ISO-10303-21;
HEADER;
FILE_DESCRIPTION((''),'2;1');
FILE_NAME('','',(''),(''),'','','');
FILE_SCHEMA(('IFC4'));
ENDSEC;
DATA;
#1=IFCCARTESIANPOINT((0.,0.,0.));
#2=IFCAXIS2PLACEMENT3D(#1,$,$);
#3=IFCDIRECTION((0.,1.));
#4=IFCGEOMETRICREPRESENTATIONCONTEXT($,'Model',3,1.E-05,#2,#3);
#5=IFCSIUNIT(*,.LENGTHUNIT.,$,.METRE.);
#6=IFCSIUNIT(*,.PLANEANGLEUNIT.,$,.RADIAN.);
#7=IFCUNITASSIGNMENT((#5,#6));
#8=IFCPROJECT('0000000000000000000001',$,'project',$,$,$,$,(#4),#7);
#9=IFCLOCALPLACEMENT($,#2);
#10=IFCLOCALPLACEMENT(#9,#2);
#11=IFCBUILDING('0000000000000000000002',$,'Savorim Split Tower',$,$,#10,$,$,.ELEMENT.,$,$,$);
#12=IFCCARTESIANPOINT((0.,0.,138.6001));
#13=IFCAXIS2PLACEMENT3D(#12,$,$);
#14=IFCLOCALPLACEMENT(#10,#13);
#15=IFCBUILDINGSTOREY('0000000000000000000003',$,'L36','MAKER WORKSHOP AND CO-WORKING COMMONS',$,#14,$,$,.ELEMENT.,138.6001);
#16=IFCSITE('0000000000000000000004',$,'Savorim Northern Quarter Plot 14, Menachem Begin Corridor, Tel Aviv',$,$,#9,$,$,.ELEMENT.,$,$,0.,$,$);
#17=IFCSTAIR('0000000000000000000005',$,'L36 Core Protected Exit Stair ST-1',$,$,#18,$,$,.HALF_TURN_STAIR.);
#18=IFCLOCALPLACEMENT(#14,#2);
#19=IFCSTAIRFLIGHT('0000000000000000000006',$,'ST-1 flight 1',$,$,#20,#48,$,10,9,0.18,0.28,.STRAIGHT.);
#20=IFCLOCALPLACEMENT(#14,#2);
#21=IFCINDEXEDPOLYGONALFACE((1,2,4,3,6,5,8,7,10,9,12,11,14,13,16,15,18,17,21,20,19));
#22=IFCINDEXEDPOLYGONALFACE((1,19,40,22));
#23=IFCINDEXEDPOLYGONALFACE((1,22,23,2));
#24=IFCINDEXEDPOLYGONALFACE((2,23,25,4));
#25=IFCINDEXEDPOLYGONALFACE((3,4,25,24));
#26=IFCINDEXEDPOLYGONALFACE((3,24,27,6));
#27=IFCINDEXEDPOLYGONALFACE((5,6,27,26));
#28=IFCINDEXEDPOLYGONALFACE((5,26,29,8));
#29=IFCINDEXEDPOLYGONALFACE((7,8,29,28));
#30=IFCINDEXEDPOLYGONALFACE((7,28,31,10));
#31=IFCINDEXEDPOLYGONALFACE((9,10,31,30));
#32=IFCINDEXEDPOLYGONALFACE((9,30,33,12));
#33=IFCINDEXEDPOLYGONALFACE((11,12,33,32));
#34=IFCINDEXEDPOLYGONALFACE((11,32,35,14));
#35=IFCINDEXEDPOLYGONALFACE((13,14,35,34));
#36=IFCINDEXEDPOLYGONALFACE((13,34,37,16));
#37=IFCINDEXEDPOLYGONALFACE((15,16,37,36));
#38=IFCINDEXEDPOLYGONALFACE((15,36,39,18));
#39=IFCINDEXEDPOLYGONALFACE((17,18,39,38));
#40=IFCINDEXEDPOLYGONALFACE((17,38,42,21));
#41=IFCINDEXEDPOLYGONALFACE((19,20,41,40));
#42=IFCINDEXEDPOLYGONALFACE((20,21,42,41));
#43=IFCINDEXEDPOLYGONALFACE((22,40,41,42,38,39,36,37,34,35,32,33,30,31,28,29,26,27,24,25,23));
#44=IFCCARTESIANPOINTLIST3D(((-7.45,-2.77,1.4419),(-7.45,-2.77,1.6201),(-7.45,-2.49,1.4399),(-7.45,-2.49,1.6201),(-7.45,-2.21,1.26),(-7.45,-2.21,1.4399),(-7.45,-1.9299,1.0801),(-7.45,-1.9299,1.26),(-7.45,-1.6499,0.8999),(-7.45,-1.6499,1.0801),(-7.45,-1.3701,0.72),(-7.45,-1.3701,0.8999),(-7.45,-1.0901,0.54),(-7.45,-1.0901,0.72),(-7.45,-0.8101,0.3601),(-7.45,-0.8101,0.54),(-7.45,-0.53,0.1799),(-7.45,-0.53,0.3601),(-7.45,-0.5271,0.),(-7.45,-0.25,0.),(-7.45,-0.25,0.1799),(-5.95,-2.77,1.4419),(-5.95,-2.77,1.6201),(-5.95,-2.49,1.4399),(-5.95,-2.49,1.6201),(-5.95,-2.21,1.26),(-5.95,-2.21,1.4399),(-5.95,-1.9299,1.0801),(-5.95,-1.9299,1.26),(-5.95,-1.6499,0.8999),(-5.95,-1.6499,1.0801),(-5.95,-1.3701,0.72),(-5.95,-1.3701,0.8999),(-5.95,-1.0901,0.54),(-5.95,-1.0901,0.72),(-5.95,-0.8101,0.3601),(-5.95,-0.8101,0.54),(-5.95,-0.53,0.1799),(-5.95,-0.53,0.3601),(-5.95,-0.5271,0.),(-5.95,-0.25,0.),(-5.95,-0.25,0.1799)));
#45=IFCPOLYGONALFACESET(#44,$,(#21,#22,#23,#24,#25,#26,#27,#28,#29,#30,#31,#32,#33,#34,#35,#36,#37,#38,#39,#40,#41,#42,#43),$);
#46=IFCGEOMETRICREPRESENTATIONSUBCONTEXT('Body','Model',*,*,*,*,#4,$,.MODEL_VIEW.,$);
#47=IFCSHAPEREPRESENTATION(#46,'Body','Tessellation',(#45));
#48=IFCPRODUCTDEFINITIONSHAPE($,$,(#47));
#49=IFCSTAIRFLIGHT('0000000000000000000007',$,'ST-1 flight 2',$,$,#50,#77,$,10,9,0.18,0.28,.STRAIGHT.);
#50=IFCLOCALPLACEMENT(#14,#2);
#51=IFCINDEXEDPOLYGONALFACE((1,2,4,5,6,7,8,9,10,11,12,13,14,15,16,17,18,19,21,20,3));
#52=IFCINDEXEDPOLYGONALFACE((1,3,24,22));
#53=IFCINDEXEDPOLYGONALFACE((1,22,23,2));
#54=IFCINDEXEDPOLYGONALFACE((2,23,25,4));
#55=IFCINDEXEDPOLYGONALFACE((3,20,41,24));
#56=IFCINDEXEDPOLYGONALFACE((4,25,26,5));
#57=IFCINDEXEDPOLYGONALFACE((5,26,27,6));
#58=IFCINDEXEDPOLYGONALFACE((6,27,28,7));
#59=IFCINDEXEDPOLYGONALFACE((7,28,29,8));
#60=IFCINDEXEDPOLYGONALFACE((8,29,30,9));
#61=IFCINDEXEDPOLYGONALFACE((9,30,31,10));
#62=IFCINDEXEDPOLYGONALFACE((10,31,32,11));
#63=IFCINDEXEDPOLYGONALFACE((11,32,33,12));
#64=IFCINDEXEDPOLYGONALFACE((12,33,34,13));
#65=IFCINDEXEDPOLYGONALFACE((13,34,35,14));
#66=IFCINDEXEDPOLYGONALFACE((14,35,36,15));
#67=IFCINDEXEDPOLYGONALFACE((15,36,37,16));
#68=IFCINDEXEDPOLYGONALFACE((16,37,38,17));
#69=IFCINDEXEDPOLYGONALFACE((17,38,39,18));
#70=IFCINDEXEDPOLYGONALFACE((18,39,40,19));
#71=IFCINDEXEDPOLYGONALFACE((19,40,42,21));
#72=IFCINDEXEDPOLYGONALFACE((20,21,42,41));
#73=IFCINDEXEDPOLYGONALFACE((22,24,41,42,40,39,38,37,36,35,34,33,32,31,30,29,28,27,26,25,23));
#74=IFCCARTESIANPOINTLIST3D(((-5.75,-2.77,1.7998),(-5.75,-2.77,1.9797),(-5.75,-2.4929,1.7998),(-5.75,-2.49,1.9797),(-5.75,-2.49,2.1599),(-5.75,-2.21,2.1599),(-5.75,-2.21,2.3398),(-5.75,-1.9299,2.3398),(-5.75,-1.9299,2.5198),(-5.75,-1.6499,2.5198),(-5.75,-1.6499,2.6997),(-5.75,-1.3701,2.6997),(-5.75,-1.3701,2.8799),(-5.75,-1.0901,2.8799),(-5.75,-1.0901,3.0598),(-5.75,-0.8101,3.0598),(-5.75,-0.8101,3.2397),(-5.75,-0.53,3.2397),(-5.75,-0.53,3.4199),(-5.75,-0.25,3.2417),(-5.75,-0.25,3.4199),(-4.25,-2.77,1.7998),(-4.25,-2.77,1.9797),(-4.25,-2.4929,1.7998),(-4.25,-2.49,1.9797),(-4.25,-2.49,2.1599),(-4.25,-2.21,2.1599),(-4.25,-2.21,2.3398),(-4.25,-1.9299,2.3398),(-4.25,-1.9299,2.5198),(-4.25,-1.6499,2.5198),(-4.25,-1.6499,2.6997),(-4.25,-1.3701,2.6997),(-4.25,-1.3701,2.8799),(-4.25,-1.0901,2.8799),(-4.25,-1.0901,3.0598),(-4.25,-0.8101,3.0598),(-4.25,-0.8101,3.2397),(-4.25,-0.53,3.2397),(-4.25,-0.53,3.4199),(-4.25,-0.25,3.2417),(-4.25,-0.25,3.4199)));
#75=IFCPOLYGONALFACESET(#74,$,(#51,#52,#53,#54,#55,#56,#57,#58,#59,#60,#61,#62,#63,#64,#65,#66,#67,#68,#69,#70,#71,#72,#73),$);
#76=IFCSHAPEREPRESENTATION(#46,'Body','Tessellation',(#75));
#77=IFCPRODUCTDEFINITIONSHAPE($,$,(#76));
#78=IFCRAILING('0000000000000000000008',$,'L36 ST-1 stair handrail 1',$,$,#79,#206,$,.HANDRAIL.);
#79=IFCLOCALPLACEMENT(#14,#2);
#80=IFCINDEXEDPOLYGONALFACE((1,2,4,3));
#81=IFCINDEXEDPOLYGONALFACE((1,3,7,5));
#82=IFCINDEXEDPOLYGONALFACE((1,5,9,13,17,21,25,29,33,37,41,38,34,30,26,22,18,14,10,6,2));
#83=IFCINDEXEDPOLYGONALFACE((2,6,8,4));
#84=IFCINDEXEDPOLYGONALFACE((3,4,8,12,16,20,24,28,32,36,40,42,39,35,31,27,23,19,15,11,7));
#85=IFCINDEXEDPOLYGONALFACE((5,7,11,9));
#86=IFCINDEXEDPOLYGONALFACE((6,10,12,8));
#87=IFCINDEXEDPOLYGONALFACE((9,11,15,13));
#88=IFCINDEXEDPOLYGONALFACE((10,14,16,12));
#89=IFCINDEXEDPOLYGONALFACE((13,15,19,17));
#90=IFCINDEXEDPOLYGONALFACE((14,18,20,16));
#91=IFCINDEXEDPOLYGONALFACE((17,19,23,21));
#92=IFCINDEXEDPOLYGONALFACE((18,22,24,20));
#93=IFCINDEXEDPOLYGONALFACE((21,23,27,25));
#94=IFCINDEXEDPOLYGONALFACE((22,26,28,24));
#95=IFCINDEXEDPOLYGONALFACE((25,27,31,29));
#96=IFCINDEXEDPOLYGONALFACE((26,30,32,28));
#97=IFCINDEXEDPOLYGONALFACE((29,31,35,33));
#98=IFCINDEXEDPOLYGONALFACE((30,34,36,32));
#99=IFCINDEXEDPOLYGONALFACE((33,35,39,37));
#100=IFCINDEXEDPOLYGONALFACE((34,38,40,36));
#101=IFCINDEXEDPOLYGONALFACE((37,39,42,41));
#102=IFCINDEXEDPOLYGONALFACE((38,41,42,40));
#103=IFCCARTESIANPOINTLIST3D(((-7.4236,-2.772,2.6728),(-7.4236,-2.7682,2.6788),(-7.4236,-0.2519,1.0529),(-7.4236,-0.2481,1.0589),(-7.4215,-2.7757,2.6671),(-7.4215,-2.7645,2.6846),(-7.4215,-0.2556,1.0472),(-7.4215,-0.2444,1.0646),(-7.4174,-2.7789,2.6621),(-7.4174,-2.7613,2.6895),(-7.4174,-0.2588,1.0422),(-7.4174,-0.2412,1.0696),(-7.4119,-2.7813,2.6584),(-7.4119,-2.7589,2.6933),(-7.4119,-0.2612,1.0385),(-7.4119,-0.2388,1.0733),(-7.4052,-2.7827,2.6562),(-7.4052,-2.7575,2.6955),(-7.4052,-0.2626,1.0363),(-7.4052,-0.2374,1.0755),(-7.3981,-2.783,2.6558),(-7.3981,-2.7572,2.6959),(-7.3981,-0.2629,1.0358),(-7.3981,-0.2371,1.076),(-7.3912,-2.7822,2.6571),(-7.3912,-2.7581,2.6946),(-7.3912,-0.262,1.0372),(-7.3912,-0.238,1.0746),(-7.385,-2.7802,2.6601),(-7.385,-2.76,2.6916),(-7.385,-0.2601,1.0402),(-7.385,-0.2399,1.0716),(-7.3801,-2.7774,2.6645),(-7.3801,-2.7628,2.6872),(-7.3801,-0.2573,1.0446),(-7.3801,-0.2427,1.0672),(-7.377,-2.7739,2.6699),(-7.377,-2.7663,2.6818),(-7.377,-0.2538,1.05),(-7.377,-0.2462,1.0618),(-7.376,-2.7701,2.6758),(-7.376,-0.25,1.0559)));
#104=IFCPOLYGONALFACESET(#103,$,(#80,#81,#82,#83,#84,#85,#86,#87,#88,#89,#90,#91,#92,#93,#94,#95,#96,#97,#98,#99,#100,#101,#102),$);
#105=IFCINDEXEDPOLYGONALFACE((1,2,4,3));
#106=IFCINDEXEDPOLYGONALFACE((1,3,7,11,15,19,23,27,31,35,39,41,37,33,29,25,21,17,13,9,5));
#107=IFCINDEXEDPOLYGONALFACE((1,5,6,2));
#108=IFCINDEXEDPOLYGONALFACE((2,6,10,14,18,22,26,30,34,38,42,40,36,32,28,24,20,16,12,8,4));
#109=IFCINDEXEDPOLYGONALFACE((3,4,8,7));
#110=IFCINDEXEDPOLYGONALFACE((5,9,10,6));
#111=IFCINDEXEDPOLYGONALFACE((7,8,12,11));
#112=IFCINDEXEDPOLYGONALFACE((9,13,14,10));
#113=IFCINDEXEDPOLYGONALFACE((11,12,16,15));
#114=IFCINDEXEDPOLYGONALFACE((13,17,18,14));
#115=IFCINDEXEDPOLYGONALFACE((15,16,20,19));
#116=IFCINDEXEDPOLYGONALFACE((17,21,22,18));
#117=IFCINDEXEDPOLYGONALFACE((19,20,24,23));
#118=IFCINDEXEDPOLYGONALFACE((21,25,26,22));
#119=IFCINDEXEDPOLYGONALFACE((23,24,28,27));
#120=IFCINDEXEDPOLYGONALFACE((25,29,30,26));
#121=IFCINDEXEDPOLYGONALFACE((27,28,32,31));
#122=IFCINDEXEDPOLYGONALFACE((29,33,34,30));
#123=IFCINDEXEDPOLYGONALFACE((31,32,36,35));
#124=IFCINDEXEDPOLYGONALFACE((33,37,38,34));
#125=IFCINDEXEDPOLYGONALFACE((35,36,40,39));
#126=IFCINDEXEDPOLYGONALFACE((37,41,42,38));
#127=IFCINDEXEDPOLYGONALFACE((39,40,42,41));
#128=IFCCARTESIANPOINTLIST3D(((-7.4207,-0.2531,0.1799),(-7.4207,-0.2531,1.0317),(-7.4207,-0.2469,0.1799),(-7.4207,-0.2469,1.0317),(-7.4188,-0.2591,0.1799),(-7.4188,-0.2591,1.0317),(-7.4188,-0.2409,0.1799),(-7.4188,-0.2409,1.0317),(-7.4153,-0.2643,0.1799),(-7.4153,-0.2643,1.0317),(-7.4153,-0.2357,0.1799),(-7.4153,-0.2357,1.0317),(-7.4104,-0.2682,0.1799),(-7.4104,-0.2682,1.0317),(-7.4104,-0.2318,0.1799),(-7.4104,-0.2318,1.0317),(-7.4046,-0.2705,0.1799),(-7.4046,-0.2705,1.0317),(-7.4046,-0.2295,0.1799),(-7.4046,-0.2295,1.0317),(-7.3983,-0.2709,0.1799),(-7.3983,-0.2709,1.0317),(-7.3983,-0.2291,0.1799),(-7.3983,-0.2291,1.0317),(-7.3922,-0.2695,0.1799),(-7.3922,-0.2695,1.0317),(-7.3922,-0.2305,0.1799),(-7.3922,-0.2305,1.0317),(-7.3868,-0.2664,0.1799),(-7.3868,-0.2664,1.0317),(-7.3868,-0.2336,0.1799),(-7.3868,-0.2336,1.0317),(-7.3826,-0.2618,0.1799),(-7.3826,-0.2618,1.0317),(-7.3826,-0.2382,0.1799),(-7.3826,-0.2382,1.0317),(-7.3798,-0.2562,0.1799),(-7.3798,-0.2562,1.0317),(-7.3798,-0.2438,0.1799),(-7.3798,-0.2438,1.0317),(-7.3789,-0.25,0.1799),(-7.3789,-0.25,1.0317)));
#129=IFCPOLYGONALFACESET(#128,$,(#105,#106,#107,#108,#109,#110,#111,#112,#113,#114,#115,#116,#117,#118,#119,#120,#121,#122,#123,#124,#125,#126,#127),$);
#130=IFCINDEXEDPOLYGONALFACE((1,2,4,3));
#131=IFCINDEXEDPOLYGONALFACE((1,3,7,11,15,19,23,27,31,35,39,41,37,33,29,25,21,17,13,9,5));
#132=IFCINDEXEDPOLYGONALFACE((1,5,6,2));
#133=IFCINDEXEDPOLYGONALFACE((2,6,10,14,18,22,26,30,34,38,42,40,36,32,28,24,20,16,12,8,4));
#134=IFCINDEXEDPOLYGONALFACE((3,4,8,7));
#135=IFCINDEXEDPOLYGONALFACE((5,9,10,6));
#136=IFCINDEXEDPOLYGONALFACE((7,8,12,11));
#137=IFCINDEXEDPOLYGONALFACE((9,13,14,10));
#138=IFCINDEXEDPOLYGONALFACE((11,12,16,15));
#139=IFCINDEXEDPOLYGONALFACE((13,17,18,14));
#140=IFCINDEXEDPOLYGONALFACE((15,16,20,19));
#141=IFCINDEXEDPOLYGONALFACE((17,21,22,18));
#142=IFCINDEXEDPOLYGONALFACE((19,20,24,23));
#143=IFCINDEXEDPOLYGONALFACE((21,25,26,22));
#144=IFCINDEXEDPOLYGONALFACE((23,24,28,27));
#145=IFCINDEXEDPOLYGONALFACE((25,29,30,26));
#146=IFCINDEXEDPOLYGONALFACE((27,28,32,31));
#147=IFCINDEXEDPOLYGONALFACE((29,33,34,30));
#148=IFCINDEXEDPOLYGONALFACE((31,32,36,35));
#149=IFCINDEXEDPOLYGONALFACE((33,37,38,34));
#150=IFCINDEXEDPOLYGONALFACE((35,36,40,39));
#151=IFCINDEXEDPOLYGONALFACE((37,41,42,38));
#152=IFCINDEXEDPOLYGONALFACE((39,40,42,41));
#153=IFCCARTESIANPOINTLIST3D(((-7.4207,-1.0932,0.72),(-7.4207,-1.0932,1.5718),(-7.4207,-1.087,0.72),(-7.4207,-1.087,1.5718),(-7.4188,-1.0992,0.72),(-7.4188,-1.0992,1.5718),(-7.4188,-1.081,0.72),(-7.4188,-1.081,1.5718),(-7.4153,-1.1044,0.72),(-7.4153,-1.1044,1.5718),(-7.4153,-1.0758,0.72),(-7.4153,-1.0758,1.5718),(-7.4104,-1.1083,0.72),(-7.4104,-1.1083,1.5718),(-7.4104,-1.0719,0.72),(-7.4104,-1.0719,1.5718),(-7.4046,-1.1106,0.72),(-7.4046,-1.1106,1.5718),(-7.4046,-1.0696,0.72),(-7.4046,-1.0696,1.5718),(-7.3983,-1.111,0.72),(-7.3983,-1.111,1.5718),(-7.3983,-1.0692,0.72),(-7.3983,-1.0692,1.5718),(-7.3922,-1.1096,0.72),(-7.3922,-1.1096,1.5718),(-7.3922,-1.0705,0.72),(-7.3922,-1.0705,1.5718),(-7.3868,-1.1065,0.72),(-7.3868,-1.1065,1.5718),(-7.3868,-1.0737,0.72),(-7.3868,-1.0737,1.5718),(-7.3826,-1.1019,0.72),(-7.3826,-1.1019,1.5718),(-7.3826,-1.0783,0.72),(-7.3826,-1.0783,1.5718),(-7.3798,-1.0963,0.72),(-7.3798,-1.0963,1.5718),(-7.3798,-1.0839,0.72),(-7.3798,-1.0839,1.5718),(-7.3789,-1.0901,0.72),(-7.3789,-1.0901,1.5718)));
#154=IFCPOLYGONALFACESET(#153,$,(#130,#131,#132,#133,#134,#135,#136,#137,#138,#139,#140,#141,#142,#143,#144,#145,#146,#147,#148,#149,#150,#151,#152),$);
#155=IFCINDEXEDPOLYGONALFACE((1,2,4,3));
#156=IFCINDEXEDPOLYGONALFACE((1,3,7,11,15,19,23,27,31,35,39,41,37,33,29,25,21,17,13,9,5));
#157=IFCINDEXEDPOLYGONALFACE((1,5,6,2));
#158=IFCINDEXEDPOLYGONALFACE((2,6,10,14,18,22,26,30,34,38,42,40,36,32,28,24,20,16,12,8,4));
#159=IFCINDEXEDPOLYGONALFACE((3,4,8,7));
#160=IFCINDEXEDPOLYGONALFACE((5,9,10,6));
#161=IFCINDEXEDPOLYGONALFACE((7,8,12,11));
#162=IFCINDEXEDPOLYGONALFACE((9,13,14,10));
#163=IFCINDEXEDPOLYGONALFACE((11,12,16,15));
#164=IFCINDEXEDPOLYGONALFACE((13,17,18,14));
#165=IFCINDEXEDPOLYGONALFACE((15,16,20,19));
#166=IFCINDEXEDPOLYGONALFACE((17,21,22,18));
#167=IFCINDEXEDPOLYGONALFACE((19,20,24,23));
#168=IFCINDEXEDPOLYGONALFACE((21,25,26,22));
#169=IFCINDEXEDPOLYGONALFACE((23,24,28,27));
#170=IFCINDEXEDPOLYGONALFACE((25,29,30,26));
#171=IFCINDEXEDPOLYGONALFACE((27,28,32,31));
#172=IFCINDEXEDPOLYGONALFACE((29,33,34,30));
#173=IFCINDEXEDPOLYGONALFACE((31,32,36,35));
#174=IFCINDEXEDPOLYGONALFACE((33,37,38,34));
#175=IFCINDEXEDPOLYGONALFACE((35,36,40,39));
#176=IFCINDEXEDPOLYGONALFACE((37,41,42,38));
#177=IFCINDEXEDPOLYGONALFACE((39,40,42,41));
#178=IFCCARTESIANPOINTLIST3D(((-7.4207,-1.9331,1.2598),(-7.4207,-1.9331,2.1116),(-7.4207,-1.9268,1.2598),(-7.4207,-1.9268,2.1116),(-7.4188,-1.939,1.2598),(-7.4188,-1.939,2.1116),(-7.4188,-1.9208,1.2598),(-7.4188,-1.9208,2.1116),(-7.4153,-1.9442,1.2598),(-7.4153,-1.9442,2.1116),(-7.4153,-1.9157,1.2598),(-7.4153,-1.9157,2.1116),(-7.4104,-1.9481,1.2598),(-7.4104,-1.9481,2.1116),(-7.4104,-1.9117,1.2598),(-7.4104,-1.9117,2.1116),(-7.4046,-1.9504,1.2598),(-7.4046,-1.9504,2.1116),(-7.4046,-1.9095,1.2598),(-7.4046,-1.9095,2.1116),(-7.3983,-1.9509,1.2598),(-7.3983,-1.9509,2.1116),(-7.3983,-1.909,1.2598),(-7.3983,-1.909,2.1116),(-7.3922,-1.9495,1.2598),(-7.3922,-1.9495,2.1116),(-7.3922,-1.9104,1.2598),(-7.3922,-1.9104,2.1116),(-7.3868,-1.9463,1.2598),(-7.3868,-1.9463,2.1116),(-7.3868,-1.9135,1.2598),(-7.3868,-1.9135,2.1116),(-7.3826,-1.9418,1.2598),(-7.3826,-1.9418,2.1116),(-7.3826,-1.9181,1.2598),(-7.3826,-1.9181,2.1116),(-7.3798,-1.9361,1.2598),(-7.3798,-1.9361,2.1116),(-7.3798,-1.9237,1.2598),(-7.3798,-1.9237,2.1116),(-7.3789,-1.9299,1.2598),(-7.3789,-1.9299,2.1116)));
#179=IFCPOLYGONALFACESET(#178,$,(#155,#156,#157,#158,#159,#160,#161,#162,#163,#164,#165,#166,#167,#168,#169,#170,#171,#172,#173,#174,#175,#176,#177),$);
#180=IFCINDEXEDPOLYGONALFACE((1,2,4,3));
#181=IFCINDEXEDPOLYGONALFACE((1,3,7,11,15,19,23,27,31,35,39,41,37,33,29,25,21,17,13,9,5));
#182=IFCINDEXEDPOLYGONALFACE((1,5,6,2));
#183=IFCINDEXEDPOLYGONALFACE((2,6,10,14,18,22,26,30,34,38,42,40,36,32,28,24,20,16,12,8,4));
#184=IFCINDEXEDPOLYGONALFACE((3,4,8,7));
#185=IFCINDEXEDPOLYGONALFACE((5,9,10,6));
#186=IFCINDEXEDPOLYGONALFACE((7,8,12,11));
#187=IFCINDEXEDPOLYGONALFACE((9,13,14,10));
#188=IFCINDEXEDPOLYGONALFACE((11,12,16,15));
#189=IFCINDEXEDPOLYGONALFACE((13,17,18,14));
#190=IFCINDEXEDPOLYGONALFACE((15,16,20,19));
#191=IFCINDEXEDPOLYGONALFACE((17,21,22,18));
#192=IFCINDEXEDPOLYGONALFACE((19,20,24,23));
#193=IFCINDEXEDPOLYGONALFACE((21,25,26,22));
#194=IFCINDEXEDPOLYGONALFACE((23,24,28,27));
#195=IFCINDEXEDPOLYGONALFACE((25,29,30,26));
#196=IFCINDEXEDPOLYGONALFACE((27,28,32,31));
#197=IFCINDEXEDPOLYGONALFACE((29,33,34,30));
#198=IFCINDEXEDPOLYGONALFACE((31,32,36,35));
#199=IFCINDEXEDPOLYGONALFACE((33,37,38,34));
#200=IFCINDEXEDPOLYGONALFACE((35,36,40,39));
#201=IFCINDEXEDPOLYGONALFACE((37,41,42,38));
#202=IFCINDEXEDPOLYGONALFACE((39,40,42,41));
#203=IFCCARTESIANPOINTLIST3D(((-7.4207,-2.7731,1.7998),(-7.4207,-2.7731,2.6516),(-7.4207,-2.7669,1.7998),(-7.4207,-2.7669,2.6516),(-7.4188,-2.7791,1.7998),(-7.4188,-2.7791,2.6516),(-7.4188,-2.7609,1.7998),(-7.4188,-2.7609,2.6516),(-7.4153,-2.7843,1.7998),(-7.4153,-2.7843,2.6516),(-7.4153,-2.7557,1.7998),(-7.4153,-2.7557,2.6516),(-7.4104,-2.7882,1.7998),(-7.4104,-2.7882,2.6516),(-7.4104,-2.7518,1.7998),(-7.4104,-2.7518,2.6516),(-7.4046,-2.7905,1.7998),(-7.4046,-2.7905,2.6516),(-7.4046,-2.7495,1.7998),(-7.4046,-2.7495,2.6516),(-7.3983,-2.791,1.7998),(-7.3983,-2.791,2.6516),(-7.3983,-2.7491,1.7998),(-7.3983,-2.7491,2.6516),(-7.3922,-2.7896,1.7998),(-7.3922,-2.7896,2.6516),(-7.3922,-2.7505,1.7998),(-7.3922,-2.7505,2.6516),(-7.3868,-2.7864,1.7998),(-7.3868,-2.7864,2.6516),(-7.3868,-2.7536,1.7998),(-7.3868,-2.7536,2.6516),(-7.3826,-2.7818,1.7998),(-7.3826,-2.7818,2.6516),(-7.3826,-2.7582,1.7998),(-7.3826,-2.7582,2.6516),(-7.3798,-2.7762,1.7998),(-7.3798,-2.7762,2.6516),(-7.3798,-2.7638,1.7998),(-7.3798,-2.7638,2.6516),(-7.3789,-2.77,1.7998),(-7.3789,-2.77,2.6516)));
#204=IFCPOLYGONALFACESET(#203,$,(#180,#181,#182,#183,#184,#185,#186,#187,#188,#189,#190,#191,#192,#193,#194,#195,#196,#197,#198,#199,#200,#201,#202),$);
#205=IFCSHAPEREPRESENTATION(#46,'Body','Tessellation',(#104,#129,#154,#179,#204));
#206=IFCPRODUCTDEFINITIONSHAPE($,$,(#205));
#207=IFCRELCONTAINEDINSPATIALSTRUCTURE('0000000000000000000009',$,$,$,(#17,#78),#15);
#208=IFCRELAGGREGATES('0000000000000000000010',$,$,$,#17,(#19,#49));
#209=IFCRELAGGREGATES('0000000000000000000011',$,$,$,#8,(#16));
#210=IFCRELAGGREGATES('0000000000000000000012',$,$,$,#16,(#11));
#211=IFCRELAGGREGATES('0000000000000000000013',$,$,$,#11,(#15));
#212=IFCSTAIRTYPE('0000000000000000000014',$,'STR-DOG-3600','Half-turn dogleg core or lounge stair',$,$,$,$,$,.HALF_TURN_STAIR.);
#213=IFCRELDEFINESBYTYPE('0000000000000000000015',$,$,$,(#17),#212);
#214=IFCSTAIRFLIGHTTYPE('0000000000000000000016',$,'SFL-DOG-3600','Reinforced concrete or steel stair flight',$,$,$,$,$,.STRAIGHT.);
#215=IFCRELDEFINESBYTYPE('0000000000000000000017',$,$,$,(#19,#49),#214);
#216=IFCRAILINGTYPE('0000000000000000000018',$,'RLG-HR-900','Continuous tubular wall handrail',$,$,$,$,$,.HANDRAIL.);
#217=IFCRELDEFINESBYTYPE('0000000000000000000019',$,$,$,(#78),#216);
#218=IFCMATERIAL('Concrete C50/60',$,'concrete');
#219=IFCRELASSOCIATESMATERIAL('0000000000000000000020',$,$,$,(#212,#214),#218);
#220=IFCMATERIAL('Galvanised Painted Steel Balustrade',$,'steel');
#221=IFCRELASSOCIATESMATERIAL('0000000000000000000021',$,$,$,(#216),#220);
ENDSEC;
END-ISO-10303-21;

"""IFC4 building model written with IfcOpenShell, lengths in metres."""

from ifc_helpers import new_model, si_unit, direction, frame, origin, origin_2d, place, context, subcontext, project, spatial, polyline, circle, outline, extrude, material, type_object, element, aggregate, save


model = new_model("IFC4")

# Units and contexts
model_context = context("Model", 3, precision=1e-05, world=origin(), true_north=direction((0.0, 1.0)))
body_context = subcontext(model_context, "Body", "Model", "MODEL_VIEW")
ifc_project = project(units=[si_unit("LENGTHUNIT", "METRE"), si_unit("PLANEANGLEUNIT", "RADIAN")], contexts=[model_context])

# Site, building, storey
site_placement = place(None, origin())
site = spatial("IfcSite", under=ifc_project, at=site_placement, Name="Savorim Northern Quarter Plot 14, Menachem Begin Corridor, Tel Aviv", CompositionType="ELEMENT", RefElevation=0.0)
building_placement = place(site_placement, origin())
building = spatial("IfcBuilding", under=site, at=building_placement, Name="Savorim Split Tower", CompositionType="ELEMENT")
storey_placement = place(building_placement, frame((0.0, 0.0, 138.6001)))
storey = spatial("IfcBuildingStorey", under=building, at=storey_placement, Name="L36", Description="MAKER WORKSHOP AND CO-WORKING COMMONS", CompositionType="ELEMENT", Elevation=138.6001)

# Shared definitions
ifc_material_1 = material(Name="Concrete C50/60", Category="concrete")

# Stair
stair_type = type_object("IfcStairType", Name="STR-DOG-3600", Description="Half-turn dogleg core or lounge stair", PredefinedType="HALF_TURN_STAIR", material=ifc_material_1)
stair_placement = place(storey_placement, origin())
stair = element("IfcStair", 1, at=stair_placement, inside=storey, type_object=stair_type, Name="L36 Core Protected Exit Stair ST-1", PredefinedType="HALF_TURN_STAIR")

# Stair flights
stair_flight_type = type_object("IfcStairFlightType", Name="SFL-DOG-3600", Description="Reinforced concrete or steel stair flight", PredefinedType="STRAIGHT", material=ifc_material_1)
stair_flight_1_placement = place(storey_placement, frame((-6.7, -0.25, 0.0), z_axis=(0.0, 0.0, 1.0), x_axis=(0.0, -1.0, 0.0)))
stair_flight_1 = element("IfcStairFlight", 2, at=stair_flight_1_placement, type_object=stair_flight_type, Name="ST-1 flight 1", NumberOfRisers=10, NumberOfTreads=9, PredefinedType="STRAIGHT", RiserHeight=0.18, TreadLength=0.28, context=body_context, shape_type="SweptSolid", body=[
    extrude(outline(polyline([(0.0, 0.0), (0.0, 0.1799), (0.28, 0.1799), (0.28, 0.3601), (0.5601, 0.3601), (0.5601, 0.54), (0.8401, 0.54), (0.8401, 0.72), (1.1201, 0.72), (1.1201, 0.8999), (1.3999, 0.8999), (1.3999, 1.0801), (1.6799, 1.0801), (1.6799, 1.26), (1.96, 1.26), (1.96, 1.4399), (2.24, 1.4399), (2.24, 1.6201), (2.52, 1.6201), (2.52, 1.8), (2.52, 1.4419), (0.2771, 0.0), (0.0, 0.0)])), frame((0.0, 0.75, 0.0), z_axis=(0.0, -1.0, 0.0), x_axis=(1.0, 0.0, 0.0)), (0.0, 0.0, 1.0), 1.5),
])
stair_flight_2_placement = place(storey_placement, frame((-5.0, -2.77, 1.7998), z_axis=(0.0, 0.0, 1.0), x_axis=(0.0, 1.0, 0.0)))
stair_flight_2 = element("IfcStairFlight", 3, at=stair_flight_2_placement, type_object=stair_flight_type, Name="ST-1 flight 2", NumberOfRisers=10, NumberOfTreads=9, PredefinedType="STRAIGHT", RiserHeight=0.18, TreadLength=0.28, context=body_context, shape_type="SweptSolid", body=[
    extrude(outline(polyline([(0.0, 0.0), (0.0, 0.1799), (0.28, 0.1799), (0.28, 0.3601), (0.5601, 0.3601), (0.5601, 0.54), (0.8401, 0.54), (0.8401, 0.72), (1.1201, 0.72), (1.1201, 0.8999), (1.3999, 0.8999), (1.3999, 1.0801), (1.6799, 1.0801), (1.6799, 1.26), (1.96, 1.26), (1.96, 1.4399), (2.24, 1.4399), (2.24, 1.6201), (2.52, 1.6201), (2.52, 1.8), (2.52, 1.4419), (0.2771, 0.0), (0.0, 0.0)])), frame((0.0, 0.75, 0.0), z_axis=(0.0, -1.0, 0.0), x_axis=(1.0, 0.0, 0.0)), (0.0, 0.0, 1.0), 1.5),
])
aggregate(stair, [stair_flight_1, stair_flight_2])

# Railing
ifc_material_2 = material(Name="Galvanised Painted Steel Balustrade", Category="steel")
railing_type_1 = type_object("IfcRailingType", Name="RLG-HR-900", Description="Continuous tubular wall handrail", PredefinedType="HANDRAIL", material=ifc_material_2)
railing_1_placement = place(storey_placement, frame((-7.3999, -0.25, 0.1799)))
element("IfcRailing", 4, at=railing_1_placement, inside=storey, type_object=railing_type_1, Name="L36 ST-1 stair handrail 1", PredefinedType="HANDRAIL", context=body_context, shape_type="SweptSolid", body=[
    extrude(circle(Radius=0.0239, at=origin_2d()), frame((0.0, 0.0, 0.876), z_axis=(0.0, -0.8412, 0.540725), x_axis=(1.0, 0.0, 0.0)), (0.0, 0.0, 1.0), 2.9958),
    extrude(circle(Radius=0.021, at=origin_2d()), origin(), (0.0, 0.0, 1.0), 0.8518),
    extrude(circle(Radius=0.021, at=origin_2d()), frame((0.0, -0.8401, 0.54)), (0.0, 0.0, 1.0), 0.8518),
    extrude(circle(Radius=0.021, at=origin_2d()), frame((0.0, -1.6799, 1.0798)), (0.0, 0.0, 1.0), 0.8518),
    extrude(circle(Radius=0.021, at=origin_2d()), frame((0.0, -2.52, 1.6199)), (0.0, 0.0, 1.0), 0.8518),
])

save(model, "model.ifc")
